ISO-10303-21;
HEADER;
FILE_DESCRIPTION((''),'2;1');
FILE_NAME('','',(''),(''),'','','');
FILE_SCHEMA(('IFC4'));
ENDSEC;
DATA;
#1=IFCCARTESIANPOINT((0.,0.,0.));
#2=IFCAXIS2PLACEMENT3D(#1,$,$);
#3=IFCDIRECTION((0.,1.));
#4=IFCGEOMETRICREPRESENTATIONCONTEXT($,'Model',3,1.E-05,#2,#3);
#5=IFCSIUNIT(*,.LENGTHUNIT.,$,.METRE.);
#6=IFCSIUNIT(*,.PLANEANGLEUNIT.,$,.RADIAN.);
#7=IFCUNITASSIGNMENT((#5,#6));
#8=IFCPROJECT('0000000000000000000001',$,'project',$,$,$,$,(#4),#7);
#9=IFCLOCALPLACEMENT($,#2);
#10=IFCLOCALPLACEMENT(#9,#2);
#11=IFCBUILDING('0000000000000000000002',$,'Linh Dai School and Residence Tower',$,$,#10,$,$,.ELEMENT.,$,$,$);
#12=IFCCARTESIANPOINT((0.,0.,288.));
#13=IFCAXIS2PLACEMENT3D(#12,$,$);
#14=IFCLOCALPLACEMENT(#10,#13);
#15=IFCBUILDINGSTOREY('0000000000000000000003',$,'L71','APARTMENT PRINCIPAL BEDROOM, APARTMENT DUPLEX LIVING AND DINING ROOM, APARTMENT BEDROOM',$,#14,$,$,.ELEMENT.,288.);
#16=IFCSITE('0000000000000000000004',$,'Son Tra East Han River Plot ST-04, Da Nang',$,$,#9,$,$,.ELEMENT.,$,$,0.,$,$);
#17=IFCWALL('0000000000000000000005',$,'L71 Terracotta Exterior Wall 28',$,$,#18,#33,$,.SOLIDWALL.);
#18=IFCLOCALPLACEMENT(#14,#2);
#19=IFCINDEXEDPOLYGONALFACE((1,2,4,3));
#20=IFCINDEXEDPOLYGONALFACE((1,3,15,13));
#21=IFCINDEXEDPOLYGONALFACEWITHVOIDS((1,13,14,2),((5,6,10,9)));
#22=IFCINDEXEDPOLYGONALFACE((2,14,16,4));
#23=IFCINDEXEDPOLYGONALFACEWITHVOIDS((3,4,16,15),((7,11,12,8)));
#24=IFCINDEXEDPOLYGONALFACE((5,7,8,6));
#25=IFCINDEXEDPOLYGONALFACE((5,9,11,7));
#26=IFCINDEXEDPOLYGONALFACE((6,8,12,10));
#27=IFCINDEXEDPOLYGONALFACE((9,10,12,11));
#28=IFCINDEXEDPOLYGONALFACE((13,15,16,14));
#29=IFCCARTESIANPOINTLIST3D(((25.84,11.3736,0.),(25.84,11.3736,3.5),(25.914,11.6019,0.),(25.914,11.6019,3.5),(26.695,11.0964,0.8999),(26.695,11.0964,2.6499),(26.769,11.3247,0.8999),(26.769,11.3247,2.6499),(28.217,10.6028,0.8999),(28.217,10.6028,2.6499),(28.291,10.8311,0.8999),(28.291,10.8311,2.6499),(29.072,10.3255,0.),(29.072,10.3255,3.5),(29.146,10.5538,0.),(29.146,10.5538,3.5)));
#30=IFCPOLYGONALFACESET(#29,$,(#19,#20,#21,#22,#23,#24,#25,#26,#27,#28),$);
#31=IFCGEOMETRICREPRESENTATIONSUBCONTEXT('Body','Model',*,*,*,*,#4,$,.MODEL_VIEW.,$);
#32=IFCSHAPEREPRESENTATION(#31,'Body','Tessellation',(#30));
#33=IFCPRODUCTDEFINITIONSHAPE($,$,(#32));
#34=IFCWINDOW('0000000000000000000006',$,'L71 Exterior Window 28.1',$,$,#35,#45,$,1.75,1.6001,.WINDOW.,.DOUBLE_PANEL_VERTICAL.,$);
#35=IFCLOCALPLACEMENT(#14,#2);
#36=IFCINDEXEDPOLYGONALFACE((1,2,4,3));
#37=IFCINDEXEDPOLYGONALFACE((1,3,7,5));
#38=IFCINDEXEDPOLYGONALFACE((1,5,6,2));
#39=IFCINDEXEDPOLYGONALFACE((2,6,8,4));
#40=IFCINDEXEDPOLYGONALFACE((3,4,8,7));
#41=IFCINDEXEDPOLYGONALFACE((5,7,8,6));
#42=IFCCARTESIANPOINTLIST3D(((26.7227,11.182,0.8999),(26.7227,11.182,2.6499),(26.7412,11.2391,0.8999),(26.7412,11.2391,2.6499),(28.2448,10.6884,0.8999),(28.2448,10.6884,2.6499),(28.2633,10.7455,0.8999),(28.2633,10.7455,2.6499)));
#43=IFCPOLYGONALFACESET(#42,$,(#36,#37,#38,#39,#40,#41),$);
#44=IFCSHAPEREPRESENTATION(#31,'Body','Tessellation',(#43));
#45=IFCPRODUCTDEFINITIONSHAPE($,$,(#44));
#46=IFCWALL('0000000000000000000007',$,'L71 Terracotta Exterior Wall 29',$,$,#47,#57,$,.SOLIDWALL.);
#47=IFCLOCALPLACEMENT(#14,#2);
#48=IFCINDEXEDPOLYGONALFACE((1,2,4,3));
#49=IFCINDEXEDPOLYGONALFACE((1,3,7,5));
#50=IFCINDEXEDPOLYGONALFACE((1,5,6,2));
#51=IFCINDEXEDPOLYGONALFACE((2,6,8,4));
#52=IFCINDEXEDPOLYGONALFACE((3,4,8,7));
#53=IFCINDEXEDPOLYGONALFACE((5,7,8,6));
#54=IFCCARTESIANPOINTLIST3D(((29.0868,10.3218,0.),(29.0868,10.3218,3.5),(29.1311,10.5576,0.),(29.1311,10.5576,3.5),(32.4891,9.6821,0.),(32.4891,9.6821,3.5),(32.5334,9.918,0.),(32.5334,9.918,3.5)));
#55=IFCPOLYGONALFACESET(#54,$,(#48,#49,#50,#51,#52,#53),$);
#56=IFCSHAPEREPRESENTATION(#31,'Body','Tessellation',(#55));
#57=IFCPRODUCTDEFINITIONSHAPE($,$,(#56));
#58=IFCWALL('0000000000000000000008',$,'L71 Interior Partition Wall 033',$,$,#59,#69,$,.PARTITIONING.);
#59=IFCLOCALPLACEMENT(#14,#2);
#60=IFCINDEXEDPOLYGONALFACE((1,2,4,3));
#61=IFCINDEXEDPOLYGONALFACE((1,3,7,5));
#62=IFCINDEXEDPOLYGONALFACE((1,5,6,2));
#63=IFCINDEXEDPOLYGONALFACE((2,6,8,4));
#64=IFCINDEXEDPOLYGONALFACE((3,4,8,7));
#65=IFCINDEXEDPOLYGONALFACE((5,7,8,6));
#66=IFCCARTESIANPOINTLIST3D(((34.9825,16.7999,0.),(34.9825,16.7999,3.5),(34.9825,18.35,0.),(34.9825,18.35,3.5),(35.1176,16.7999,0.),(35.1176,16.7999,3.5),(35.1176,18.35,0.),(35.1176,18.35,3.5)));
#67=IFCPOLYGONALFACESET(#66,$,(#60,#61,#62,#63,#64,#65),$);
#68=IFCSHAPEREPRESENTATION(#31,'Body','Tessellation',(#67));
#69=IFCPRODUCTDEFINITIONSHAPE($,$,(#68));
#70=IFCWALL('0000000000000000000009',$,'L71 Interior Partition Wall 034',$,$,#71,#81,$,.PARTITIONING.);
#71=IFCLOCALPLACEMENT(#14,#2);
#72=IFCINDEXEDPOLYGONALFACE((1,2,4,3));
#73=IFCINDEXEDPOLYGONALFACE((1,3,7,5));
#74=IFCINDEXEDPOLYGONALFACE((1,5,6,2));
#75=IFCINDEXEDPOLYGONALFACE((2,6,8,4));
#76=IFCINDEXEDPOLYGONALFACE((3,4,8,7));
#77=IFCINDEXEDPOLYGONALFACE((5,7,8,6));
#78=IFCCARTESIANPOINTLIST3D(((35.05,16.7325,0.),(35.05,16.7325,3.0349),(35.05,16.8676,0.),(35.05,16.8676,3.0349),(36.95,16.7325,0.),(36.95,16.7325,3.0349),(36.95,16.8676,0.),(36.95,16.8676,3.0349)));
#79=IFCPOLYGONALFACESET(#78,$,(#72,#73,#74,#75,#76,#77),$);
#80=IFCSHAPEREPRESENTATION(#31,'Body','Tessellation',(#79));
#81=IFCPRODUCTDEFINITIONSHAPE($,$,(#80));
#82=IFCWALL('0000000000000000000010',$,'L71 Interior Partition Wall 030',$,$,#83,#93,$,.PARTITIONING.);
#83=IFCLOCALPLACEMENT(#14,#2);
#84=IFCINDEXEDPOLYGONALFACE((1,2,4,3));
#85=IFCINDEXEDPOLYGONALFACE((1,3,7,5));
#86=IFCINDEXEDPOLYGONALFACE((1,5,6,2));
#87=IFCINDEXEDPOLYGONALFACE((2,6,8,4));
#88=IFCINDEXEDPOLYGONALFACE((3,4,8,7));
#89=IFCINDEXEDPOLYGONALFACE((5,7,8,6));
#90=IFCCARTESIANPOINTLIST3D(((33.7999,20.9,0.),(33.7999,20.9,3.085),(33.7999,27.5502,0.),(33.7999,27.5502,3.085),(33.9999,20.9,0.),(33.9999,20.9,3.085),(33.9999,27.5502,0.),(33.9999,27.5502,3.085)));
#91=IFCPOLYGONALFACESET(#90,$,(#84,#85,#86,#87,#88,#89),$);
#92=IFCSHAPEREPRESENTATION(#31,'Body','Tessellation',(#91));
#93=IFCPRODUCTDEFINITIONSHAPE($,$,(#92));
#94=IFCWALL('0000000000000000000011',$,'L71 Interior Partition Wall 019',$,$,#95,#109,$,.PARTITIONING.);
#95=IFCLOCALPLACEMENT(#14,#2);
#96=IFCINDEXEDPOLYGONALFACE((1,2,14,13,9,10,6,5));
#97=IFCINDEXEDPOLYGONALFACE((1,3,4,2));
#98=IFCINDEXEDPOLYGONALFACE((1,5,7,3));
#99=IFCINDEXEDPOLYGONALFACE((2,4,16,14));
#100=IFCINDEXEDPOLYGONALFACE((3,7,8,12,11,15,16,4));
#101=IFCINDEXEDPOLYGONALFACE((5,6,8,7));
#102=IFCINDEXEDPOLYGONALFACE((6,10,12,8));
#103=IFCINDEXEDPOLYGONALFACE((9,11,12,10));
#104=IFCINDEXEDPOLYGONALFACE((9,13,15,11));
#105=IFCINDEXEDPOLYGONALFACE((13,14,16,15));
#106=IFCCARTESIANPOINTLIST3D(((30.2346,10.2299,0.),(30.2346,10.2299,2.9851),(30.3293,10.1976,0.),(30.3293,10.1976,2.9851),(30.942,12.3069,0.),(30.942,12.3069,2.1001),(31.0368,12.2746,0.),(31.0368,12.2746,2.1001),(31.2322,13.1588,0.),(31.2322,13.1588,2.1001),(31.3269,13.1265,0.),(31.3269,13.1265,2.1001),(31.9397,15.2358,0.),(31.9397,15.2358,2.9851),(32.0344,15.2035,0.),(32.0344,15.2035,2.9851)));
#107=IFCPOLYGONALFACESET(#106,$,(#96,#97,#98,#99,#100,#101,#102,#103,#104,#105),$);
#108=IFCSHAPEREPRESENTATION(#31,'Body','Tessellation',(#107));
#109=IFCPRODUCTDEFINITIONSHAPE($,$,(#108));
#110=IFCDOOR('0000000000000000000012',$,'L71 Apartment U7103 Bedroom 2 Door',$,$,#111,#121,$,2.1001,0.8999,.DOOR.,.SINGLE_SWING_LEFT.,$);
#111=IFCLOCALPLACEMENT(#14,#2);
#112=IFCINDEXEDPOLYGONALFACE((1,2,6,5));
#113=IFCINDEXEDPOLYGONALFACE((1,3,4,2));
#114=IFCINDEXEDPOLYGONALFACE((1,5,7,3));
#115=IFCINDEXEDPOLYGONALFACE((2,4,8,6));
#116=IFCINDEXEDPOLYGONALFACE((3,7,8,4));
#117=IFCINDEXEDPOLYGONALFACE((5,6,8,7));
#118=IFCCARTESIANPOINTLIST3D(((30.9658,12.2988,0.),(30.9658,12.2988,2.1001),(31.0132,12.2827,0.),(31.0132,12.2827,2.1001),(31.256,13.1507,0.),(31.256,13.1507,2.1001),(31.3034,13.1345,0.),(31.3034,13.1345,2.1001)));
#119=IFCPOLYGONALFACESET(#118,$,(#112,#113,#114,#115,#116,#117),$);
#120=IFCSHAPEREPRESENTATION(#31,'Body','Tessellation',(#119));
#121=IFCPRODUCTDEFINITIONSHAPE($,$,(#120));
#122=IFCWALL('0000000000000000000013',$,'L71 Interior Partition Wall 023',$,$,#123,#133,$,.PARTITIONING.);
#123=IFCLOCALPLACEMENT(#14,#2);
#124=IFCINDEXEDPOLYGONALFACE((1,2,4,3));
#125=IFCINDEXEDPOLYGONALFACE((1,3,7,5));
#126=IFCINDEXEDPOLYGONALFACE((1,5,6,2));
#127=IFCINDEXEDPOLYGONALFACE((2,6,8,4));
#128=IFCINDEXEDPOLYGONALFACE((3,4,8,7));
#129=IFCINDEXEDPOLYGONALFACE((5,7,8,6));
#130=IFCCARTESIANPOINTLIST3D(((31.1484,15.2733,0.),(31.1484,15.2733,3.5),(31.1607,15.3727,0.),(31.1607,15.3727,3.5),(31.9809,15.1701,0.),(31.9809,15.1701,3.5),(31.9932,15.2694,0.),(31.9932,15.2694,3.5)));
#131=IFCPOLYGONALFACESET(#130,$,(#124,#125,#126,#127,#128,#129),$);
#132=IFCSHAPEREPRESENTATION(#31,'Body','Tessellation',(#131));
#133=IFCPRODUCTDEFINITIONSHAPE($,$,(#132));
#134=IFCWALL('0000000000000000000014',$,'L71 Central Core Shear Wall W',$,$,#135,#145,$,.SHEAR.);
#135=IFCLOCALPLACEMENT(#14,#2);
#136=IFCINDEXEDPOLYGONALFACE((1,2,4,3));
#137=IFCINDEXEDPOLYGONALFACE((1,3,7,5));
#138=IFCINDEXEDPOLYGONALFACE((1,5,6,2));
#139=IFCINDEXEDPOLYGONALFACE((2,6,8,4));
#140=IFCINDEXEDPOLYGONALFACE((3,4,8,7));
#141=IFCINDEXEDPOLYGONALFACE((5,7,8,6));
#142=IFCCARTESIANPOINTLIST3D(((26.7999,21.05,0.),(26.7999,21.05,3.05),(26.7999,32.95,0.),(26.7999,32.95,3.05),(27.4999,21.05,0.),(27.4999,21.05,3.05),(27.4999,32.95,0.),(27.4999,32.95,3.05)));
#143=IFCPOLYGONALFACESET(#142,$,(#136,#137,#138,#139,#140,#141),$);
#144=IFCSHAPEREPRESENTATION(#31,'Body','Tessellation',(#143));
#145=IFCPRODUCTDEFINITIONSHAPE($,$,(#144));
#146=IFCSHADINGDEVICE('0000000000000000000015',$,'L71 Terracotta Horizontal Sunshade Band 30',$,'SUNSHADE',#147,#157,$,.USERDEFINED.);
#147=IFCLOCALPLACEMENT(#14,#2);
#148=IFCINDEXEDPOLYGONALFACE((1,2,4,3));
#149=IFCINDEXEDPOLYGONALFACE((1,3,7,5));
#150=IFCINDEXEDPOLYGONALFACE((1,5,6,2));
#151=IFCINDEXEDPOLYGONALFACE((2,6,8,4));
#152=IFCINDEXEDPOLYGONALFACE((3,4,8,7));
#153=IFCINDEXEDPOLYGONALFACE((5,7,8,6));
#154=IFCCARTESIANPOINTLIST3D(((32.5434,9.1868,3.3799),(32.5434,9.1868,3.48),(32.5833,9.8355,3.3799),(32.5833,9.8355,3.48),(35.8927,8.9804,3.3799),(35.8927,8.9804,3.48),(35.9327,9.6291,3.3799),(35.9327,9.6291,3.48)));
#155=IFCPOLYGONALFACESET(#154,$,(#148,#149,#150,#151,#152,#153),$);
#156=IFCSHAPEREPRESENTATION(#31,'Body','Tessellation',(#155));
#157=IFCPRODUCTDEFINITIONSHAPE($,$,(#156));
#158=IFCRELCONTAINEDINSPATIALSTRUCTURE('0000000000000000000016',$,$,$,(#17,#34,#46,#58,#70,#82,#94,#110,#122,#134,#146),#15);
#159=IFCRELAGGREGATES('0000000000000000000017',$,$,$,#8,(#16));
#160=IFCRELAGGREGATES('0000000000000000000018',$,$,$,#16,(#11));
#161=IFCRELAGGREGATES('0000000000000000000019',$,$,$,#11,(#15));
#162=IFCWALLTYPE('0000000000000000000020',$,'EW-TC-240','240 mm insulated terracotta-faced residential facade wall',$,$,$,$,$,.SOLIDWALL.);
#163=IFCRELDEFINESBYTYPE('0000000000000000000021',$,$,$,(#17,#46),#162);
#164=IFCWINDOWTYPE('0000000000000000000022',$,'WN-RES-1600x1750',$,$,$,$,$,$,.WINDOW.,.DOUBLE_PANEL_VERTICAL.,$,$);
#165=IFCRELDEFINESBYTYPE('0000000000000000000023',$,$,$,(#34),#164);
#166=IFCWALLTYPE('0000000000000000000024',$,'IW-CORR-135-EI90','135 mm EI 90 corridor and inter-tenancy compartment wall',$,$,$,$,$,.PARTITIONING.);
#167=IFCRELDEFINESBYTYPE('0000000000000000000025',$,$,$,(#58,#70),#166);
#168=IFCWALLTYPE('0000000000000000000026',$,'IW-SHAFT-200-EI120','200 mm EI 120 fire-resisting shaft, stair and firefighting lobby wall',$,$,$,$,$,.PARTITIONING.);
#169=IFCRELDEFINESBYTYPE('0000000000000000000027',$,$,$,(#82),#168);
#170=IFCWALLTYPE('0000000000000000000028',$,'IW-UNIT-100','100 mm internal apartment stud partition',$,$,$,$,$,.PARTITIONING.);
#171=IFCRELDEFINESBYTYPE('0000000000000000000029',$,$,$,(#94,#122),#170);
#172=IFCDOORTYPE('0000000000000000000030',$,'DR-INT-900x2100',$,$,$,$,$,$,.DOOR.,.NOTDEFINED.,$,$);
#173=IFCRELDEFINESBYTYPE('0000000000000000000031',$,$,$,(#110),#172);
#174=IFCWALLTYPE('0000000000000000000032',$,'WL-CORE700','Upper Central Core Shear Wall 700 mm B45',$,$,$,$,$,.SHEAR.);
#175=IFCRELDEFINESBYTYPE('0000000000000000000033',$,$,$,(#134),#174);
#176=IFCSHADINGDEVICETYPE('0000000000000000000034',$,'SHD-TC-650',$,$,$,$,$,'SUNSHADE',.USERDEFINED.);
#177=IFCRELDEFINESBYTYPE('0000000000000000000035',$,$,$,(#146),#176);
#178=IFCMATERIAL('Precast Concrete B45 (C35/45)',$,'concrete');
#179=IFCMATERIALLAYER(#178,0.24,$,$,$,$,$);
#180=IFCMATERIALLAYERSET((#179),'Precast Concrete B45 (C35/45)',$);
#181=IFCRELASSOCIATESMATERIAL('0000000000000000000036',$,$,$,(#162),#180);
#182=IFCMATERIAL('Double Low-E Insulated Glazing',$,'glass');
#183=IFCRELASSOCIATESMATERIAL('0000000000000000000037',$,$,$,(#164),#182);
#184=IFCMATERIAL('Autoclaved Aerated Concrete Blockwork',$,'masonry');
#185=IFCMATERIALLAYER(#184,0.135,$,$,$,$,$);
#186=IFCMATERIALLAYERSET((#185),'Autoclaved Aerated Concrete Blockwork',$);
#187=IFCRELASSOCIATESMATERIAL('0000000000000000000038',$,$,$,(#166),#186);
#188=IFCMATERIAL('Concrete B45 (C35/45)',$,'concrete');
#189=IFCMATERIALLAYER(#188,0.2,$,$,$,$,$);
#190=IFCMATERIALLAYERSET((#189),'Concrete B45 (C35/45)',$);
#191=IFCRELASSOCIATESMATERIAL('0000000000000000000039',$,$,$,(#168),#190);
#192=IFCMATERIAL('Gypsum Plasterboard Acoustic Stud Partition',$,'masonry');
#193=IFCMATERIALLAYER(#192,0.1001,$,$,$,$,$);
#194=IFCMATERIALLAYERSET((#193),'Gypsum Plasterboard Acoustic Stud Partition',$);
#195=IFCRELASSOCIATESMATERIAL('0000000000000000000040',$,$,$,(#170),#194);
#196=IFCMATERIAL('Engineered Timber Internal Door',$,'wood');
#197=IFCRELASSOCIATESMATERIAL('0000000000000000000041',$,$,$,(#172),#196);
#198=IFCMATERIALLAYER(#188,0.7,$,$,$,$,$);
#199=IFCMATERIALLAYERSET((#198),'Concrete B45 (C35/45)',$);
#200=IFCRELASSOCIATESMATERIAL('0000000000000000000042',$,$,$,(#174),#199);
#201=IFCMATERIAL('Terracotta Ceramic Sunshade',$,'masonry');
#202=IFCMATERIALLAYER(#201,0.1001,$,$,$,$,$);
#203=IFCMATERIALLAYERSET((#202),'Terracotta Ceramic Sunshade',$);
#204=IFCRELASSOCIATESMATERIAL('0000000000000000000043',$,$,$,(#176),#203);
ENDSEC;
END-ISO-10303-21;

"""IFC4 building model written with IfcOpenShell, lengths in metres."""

from ifc_helpers import new_model, si_unit, direction, frame, frame_2d, origin, origin_2d, place, context, subcontext, project, spatial, rectangle, extrude, source, transform, mapped, material, layer, layer_set, type_object, element, fill, save


model = new_model("IFC4")

# Units and contexts
model_context = context("Model", 3, precision=1e-05, world=origin(), true_north=direction((0.0, 1.0)))
body_context = subcontext(model_context, "Body", "Model", "MODEL_VIEW")
ifc_project = project(units=[si_unit("LENGTHUNIT", "METRE"), si_unit("PLANEANGLEUNIT", "RADIAN")], contexts=[model_context])

# Site, building, storey
site_placement = place(None, origin())
site = spatial("IfcSite", under=ifc_project, at=site_placement, Name="Son Tra East Han River Plot ST-04, Da Nang", CompositionType="ELEMENT", RefElevation=0.0)
building_placement = place(site_placement, origin())
building = spatial("IfcBuilding", under=site, at=building_placement, Name="Linh Dai School and Residence Tower", CompositionType="ELEMENT")
storey_placement = place(building_placement, frame((0.0, 0.0, 288.0)))
storey = spatial("IfcBuildingStorey", under=building, at=storey_placement, Name="L71", Description="APARTMENT PRINCIPAL BEDROOM, APARTMENT DUPLEX LIVING AND DINING ROOM, APARTMENT BEDROOM", CompositionType="ELEMENT", Elevation=288.0)

# Shared definitions
ifc_material_1 = material(Name="Precast Concrete B45 (C35/45)", Category="concrete")

# Wall, opening, window
ifc_layer_1 = layer(ifc_material_1, 0.24)
ifc_layer_set_1 = layer_set([ifc_layer_1], Name="Precast Concrete B45 (C35/45)")
wall_type_1 = type_object("IfcWallType", Name="EW-TC-240", Description="240 mm insulated terracotta-faced residential facade wall", PredefinedType="SOLIDWALL", material=ifc_layer_set_1)
wall_1_placement = place(storey_placement, frame((29.1089, 10.4397, 0.0), z_axis=(0.0, 0.0, 1.0), x_axis=(-0.951231, 0.308478, 0.0)))
wall_1 = element("IfcWall", 1, at=wall_1_placement, inside=storey, type_object=wall_type_1, Name="L71 Terracotta Exterior Wall 28", PredefinedType="SOLIDWALL", context=body_context, shape_type="SweptSolid", body=[
    extrude(rectangle(XDim=3.3977, YDim=0.24, at=frame_2d((1.6987, 0.0))), origin(), (0.0, 0.0, 1.0), 3.5),
])
opening_1_placement = place(wall_1_placement, frame((0.8987, 0.0, 0.8999)))
opening_1 = element("IfcOpeningElement", 2, at=opening_1_placement, cuts=wall_1, PredefinedType="OPENING", context=body_context, shape_type="SweptSolid", body=[
    extrude(rectangle(XDim=1.6001, YDim=1.75, at=origin_2d()), frame((0.8, 0.1299, 0.875), z_axis=(0.0, -1.0, 0.0), x_axis=(1.0, 0.0, 0.0)), (0.0, 0.0, 1.0), 0.26),
])
ifc_material_2 = material(Name="Double Low-E Insulated Glazing", Category="glass")
window_type = type_object("IfcWindowType", Name="WN-RES-1600x1750", PartitioningType="DOUBLE_PANEL_VERTICAL", PredefinedType="WINDOW", material=ifc_material_2)
shared_shape_1 = source(origin(), body_context, "Body", "SweptSolid", [
    extrude(rectangle(XDim=1.6001, YDim=1.75, at=origin_2d()), frame((0.8, 0.03, 0.875), z_axis=(0.0, -1.0, 0.0), x_axis=(1.0, 0.0, 0.0)), (0.0, 0.0, 1.0), 0.0601),
])
window_placement = place(opening_1_placement, origin())
window = element("IfcWindow", 3, at=window_placement, inside=storey, type_object=window_type, Name="L71 Exterior Window 28.1", OverallHeight=1.75, OverallWidth=1.6001, PartitioningType="DOUBLE_PANEL_VERTICAL", PredefinedType="WINDOW", context=body_context, shape_type="MappedRepresentation", body=[
    mapped(shared_shape_1, transform((0.0, 0.0, 0.0), x_axis=(1.0, 0.0, 0.0), y_axis=(0.0, 1.0, 0.0), z_axis=(0.0, 0.0, 1.0), scale=1.0)),
])
fill(opening_1, window)

# Walls
wall_2_placement = place(storey_placement, frame((32.5112, 9.8, 0.0), z_axis=(0.0, 0.0, 1.0), x_axis=(-0.982783, 0.184765, 0.0)))
element("IfcWall", 4, at=wall_2_placement, inside=storey, type_object=wall_type_1, Name="L71 Terracotta Exterior Wall 29", PredefinedType="SOLIDWALL", context=body_context, shape_type="SweptSolid", body=[
    extrude(rectangle(XDim=3.4619, YDim=0.24, at=frame_2d((1.731, 0.0))), origin(), (0.0, 0.0, 1.0), 3.5),
])
ifc_material_3 = material(Name="Autoclaved Aerated Concrete Blockwork", Category="masonry")
ifc_layer_2 = layer(ifc_material_3, 0.135)
ifc_layer_set_2 = layer_set([ifc_layer_2], Name="Autoclaved Aerated Concrete Blockwork")
wall_type_2 = type_object("IfcWallType", Name="IW-CORR-135-EI90", Description="135 mm EI 90 corridor and inter-tenancy compartment wall", PredefinedType="PARTITIONING", material=ifc_layer_set_2)
wall_3_placement = place(storey_placement, frame((35.05, 16.8, 0.0), z_axis=(0.0, 0.0, 1.0), x_axis=(0.0, 1.0, 0.0)))
element("IfcWall", 5, at=wall_3_placement, inside=storey, type_object=wall_type_2, Name="L71 Interior Partition Wall 033", PredefinedType="PARTITIONING", context=body_context, shape_type="SweptSolid", body=[
    extrude(rectangle(XDim=1.55, YDim=0.135, at=frame_2d((0.7749, 0.0))), origin(), (0.0, 0.0, 1.0), 3.5),
])
wall_4_placement = place(storey_placement, frame((35.05, 16.8, 0.0), z_axis=(0.0, 0.0, 1.0), x_axis=(1.0, 0.0, 0.0)))
element("IfcWall", 6, at=wall_4_placement, inside=storey, type_object=wall_type_2, Name="L71 Interior Partition Wall 034", PredefinedType="PARTITIONING", context=body_context, shape_type="SweptSolid", body=[
    extrude(rectangle(XDim=1.8999, YDim=0.135, at=frame_2d((0.95, 0.0))), origin(), (0.0, 0.0, 1.0), 3.0349),
])

# Wall
ifc_material_4 = material(Name="Concrete B45 (C35/45)", Category="concrete")
ifc_layer_3 = layer(ifc_material_4, 0.2)
ifc_layer_set_3 = layer_set([ifc_layer_3], Name="Concrete B45 (C35/45)")
wall_type_3 = type_object("IfcWallType", Name="IW-SHAFT-200-EI120", Description="200 mm EI 120 fire-resisting shaft, stair and firefighting lobby wall", PredefinedType="PARTITIONING", material=ifc_layer_set_3)
wall_5_placement = place(storey_placement, frame((33.8999, 20.8999, 0.0), z_axis=(0.0, 0.0, 1.0), x_axis=(0.0, 1.0, 0.0)))
element("IfcWall", 7, at=wall_5_placement, inside=storey, type_object=wall_type_3, Name="L71 Interior Partition Wall 030", PredefinedType="PARTITIONING", context=body_context, shape_type="SweptSolid", body=[
    extrude(rectangle(XDim=6.6501, YDim=0.2, at=frame_2d((3.3252, 0.0))), origin(), (0.0, 0.0, 1.0), 3.085),
])

# Wall, opening, door
ifc_material_5 = material(Name="Gypsum Plasterboard Acoustic Stud Partition", Category="masonry")
ifc_layer_4 = layer(ifc_material_5, 0.1001)
ifc_layer_set_4 = layer_set([ifc_layer_4], Name="Gypsum Plasterboard Acoustic Stud Partition")
wall_type_4 = type_object("IfcWallType", Name="IW-UNIT-100", Description="100 mm internal apartment stud partition", PredefinedType="PARTITIONING", material=ifc_layer_set_4)
wall_6_placement = place(storey_placement, frame((30.282, 10.2139, 0.0), z_axis=(0.0, 0.0, 1.0), x_axis=(0.322426, 0.946595, 0.0)))
wall_6 = element("IfcWall", 8, at=wall_6_placement, inside=storey, type_object=wall_type_4, Name="L71 Interior Partition Wall 019", PredefinedType="PARTITIONING", context=body_context, shape_type="SweptSolid", body=[
    extrude(rectangle(XDim=5.2883, YDim=0.1001, at=frame_2d((2.644, 0.0))), origin(), (0.0, 0.0, 1.0), 2.9851),
])
opening_2_placement = place(wall_6_placement, frame((2.1941, 0.0, 0.0)))
opening_2 = element("IfcOpeningElement", 9, at=opening_2_placement, cuts=wall_6, PredefinedType="OPENING", context=body_context, shape_type="SweptSolid", body=[
    extrude(rectangle(XDim=0.8999, YDim=2.1001, at=origin_2d()), frame((0.45, 0.0601, 1.05), z_axis=(0.0, -1.0, 0.0), x_axis=(1.0, 0.0, 0.0)), (0.0, 0.0, 1.0), 0.1201),
])
ifc_material_6 = material(Name="Engineered Timber Internal Door", Category="wood")
door_type_1 = type_object("IfcDoorType", Name="DR-INT-900x2100", OperationType="NOTDEFINED", PredefinedType="DOOR", material=ifc_material_6)
shared_shape_2 = source(origin(), body_context, "Body", "SweptSolid", [
    extrude(rectangle(XDim=0.8999, YDim=2.1001, at=origin_2d()), frame((0.45, 0.0249, 1.05), z_axis=(0.0, -1.0, 0.0), x_axis=(1.0, 0.0, 0.0)), (0.0, 0.0, 1.0), 0.05),
])
door_1_placement = place(opening_2_placement, origin())
door_1 = element("IfcDoor", 10, at=door_1_placement, inside=storey, type_object=door_type_1, Name="L71 Apartment U7103 Bedroom 2 Door", OperationType="SINGLE_SWING_LEFT", OverallHeight=2.1001, OverallWidth=0.8999, PredefinedType="DOOR", context=body_context, shape_type="MappedRepresentation", body=[
    mapped(shared_shape_2, transform((0.0, 0.0, 0.0), x_axis=(1.0, 0.0, 0.0), y_axis=(0.0, 1.0, 0.0), z_axis=(0.0, 0.0, 1.0), scale=1.0)),
])
fill(opening_2, door_1)

# Walls
wall_7_placement = place(storey_placement, frame((31.1545, 15.323, 0.0), z_axis=(0.0, 0.0, 1.0), x_axis=(0.992394, -0.123103, 0.0)))
element("IfcWall", 11, at=wall_7_placement, inside=storey, type_object=wall_type_4, Name="L71 Interior Partition Wall 023", PredefinedType="PARTITIONING", context=body_context, shape_type="SweptSolid", body=[
    extrude(rectangle(XDim=0.8389, YDim=0.1001, at=frame_2d((0.4194, 0.0))), origin(), (0.0, 0.0, 1.0), 3.5),
])
ifc_layer_5 = layer(ifc_material_4, 0.7)
ifc_layer_set_5 = layer_set([ifc_layer_5], Name="Concrete B45 (C35/45)")
wall_type_5 = type_object("IfcWallType", Name="WL-CORE700", Description="Upper Central Core Shear Wall 700 mm B45", PredefinedType="SHEAR", material=ifc_layer_set_5)
wall_8_placement = place(storey_placement, frame((27.1499, 21.05, 0.0), z_axis=(0.0, 0.0, 1.0), x_axis=(0.0, 1.0, 0.0)))
element("IfcWall", 12, at=wall_8_placement, inside=storey, type_object=wall_type_5, Name="L71 Central Core Shear Wall W", PredefinedType="SHEAR", context=body_context, shape_type="SweptSolid", body=[
    extrude(rectangle(XDim=11.8999, YDim=0.7, at=frame_2d((5.95, 0.0))), origin(), (0.0, 0.0, 1.0), 3.05),
])

# Shading device
ifc_material_7 = material(Name="Terracotta Ceramic Sunshade", Category="masonry")
ifc_layer_6 = layer(ifc_material_7, 0.1001)
ifc_layer_set_6 = layer_set([ifc_layer_6], Name="Terracotta Ceramic Sunshade")
shading_device_type = type_object("IfcShadingDeviceType", Name="SHD-TC-650", ElementType="SUNSHADE", PredefinedType="USERDEFINED", material=ifc_layer_set_6)
shared_shape_3 = source(origin(), body_context, "Body", "SweptSolid", [
    extrude(rectangle(XDim=3.3557, YDim=0.6499, at=origin_2d()), origin(), (0.0, 0.0, 1.0), 0.1001),
])
shading_device_placement = place(storey_placement, frame((34.238, 9.408, 3.3799), z_axis=(0.0, 0.0, 1.0), x_axis=(-0.998106, 0.06151, 0.0)))
element("IfcShadingDevice", 13, at=shading_device_placement, inside=storey, type_object=shading_device_type, Name="L71 Terracotta Horizontal Sunshade Band 30", ObjectType="SUNSHADE", PredefinedType="USERDEFINED", context=body_context, shape_type="MappedRepresentation", body=[
    mapped(shared_shape_3, transform((0.0, 0.0, 0.0), x_axis=(1.0, 0.0, 0.0), y_axis=(0.0, 1.0, 0.0), z_axis=(0.0, 0.0, 1.0), scale=1.0)),
])

save(model, "model.ifc")
